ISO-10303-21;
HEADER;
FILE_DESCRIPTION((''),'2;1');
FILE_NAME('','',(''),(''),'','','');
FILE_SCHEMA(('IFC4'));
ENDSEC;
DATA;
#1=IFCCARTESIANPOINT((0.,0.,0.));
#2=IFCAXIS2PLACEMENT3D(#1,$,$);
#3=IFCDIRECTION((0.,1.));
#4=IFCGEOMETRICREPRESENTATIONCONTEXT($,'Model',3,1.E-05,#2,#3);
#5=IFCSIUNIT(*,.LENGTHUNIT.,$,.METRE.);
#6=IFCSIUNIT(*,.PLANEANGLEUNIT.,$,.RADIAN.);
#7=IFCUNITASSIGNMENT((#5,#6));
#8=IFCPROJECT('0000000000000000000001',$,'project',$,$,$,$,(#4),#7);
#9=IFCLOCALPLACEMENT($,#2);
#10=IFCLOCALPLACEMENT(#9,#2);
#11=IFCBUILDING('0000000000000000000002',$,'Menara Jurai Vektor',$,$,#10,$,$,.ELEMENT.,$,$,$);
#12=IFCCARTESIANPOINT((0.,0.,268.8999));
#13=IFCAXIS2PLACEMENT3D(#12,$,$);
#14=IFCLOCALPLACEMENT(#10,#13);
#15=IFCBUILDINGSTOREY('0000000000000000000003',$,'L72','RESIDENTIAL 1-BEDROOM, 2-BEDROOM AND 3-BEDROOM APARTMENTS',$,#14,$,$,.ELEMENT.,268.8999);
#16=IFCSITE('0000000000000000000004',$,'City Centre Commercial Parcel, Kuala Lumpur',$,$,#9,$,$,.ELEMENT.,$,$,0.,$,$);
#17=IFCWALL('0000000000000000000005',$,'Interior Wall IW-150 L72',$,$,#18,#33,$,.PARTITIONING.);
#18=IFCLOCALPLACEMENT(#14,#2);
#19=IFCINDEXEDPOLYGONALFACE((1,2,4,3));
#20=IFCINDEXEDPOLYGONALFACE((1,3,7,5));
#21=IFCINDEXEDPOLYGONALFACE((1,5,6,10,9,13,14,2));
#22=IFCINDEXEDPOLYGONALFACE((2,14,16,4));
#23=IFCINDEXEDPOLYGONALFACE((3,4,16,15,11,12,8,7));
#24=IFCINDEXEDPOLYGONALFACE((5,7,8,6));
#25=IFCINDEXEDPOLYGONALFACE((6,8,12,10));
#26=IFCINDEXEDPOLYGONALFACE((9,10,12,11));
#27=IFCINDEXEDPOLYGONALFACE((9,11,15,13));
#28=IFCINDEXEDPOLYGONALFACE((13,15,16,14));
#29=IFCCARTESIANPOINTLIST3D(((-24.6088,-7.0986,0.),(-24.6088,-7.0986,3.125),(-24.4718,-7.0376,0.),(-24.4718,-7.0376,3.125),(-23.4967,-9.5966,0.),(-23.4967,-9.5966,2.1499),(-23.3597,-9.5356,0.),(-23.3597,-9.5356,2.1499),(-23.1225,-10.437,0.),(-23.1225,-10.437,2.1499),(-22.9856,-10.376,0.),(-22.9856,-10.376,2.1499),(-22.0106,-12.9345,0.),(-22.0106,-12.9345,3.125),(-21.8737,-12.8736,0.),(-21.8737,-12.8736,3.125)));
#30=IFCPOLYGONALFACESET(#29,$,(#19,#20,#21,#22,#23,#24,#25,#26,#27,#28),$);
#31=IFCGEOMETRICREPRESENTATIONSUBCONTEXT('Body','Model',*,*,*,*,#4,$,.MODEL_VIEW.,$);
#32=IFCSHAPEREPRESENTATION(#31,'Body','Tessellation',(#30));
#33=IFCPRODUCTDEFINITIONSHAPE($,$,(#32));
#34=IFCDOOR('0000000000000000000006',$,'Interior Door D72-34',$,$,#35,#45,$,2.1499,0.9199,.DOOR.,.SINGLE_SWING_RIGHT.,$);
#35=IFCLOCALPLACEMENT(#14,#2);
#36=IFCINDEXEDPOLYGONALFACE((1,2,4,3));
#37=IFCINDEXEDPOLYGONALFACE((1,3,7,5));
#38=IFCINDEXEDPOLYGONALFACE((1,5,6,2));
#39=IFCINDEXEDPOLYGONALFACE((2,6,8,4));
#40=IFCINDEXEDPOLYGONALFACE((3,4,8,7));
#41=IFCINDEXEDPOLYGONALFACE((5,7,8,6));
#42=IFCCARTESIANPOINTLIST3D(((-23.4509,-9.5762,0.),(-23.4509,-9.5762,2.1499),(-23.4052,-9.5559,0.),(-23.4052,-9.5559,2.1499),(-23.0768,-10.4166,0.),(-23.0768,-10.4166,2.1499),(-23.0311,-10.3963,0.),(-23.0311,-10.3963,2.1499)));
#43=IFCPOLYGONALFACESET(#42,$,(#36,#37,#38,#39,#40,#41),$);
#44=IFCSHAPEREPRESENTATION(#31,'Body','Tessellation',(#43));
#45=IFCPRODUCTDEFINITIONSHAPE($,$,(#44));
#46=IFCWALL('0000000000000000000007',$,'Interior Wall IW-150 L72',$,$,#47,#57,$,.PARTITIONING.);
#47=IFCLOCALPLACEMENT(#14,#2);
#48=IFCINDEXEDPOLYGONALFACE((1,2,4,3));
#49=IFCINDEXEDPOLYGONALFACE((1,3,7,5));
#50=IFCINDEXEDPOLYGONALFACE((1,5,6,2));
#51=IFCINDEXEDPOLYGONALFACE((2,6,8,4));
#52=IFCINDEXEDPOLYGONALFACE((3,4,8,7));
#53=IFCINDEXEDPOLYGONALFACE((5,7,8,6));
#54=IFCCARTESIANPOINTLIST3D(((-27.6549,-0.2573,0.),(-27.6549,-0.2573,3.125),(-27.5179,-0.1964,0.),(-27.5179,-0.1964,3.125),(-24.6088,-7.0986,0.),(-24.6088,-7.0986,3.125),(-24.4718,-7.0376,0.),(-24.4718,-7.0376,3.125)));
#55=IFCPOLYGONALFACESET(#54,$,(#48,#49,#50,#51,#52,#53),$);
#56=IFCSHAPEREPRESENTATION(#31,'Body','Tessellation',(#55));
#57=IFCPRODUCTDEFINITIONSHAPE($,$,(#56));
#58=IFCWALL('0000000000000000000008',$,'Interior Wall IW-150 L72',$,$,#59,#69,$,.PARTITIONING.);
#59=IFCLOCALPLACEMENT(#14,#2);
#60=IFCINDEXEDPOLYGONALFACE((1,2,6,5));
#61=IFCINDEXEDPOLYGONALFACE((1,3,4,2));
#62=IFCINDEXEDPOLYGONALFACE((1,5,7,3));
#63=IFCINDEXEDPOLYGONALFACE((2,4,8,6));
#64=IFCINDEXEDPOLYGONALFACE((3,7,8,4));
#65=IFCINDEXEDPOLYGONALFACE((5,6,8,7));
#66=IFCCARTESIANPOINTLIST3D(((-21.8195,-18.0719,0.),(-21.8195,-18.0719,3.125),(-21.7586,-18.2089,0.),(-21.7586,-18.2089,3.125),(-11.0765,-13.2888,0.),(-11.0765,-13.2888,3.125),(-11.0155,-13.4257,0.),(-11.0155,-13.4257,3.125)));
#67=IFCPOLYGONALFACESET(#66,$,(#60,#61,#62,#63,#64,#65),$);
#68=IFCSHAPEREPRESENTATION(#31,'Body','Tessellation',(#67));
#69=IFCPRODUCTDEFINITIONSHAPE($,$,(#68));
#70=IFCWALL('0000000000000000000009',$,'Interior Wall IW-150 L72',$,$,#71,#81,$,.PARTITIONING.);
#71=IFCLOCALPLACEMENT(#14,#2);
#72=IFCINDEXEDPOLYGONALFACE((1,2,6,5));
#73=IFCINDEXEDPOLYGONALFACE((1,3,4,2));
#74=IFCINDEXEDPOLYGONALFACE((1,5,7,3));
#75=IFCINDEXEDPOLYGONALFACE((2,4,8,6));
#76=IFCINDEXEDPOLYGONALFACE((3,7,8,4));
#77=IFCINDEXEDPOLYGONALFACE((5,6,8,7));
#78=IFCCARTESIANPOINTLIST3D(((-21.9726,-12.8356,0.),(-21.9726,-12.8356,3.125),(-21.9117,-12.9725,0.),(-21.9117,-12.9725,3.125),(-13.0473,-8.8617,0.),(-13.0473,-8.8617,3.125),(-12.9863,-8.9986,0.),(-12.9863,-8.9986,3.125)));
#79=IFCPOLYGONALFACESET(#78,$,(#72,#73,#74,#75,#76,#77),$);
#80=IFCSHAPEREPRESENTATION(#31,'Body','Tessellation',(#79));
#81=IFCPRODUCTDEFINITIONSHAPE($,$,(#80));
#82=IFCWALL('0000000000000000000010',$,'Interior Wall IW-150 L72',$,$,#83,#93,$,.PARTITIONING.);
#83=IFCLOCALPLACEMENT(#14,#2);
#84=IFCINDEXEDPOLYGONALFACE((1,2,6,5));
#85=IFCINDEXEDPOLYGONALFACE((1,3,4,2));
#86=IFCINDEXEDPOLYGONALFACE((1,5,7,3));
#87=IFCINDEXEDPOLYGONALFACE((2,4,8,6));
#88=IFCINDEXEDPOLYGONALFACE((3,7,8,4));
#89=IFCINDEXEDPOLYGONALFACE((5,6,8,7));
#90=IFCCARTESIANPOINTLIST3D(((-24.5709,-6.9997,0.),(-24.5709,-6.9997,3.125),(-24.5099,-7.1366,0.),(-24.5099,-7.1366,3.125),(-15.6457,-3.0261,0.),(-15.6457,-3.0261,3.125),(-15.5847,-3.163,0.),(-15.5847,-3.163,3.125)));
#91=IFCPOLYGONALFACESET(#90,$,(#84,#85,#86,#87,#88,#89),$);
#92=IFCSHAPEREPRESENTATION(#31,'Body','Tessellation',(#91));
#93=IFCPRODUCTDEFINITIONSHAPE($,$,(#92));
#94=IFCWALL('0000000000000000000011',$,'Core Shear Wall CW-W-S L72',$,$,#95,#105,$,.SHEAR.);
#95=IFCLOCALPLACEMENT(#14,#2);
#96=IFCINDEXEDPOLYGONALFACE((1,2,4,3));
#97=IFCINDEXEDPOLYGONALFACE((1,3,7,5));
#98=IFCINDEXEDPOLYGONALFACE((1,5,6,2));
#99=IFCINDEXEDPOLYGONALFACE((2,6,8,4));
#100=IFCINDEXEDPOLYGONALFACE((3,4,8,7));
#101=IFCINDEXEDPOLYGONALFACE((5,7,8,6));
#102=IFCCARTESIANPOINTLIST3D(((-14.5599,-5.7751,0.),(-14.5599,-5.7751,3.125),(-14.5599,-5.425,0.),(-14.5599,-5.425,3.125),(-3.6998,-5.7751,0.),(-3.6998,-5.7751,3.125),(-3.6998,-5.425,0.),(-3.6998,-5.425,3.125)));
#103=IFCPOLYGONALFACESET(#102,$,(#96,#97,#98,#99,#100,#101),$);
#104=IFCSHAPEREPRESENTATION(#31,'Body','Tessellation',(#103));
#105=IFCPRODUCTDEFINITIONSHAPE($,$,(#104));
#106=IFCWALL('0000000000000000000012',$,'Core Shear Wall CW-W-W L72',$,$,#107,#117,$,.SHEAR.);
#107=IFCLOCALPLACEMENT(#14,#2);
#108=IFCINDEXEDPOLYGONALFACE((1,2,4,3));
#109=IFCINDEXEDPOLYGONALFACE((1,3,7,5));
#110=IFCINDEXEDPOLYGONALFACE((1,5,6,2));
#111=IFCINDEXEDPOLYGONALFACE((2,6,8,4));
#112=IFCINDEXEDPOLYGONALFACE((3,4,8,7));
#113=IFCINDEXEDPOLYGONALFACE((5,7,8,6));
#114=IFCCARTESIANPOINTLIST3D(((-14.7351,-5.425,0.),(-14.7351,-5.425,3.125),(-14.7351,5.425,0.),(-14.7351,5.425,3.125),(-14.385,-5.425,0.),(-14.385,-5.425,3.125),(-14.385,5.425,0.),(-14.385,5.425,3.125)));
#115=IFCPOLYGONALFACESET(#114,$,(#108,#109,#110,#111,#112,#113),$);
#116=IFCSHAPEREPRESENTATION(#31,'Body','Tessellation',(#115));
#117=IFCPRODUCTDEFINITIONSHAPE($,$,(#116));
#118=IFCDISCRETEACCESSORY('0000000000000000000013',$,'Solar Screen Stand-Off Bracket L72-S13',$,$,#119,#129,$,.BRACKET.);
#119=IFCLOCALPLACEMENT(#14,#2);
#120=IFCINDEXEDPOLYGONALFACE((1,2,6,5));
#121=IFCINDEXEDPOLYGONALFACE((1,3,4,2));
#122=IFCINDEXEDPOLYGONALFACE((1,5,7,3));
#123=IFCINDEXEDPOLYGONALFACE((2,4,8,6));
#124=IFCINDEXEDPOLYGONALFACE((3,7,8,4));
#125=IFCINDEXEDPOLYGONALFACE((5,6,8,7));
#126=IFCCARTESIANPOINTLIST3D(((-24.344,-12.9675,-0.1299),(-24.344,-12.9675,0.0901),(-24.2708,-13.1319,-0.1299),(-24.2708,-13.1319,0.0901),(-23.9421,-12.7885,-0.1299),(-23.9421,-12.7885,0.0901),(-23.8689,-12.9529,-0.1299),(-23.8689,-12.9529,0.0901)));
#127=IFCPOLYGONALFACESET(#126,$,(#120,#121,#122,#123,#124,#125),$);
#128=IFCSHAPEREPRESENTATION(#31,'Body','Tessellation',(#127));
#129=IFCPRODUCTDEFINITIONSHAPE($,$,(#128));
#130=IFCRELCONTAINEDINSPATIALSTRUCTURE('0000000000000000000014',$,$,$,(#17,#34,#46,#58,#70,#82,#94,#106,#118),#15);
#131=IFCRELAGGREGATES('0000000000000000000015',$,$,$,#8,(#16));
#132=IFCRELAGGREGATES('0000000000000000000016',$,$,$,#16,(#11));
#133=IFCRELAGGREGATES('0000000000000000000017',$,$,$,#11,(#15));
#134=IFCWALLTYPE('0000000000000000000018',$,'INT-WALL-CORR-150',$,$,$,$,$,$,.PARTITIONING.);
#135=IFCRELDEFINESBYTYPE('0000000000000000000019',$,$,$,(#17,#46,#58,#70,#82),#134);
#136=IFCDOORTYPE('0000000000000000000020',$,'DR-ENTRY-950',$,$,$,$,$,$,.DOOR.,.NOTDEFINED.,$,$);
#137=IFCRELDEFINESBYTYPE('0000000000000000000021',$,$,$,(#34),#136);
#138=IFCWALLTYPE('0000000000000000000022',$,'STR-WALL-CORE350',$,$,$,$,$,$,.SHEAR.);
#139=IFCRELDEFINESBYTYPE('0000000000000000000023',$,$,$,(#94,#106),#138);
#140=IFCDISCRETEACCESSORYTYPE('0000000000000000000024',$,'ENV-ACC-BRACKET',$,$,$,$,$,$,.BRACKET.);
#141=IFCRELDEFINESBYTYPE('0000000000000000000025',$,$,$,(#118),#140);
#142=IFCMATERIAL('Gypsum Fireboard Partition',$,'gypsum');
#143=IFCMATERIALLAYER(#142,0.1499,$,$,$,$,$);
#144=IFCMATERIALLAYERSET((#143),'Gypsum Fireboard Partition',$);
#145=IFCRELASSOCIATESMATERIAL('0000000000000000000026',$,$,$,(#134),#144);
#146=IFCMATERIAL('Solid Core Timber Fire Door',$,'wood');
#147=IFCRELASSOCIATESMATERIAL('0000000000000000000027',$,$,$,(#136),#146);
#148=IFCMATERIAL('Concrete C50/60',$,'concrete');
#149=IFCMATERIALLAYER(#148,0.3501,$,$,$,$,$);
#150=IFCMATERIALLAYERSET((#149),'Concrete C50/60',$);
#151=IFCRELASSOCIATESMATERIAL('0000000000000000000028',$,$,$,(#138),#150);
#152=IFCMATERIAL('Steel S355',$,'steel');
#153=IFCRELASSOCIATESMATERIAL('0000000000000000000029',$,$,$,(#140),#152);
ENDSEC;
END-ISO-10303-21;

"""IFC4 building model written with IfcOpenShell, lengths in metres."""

from ifc_helpers import new_model, si_unit, direction, frame, frame_2d, origin, origin_2d, place, context, subcontext, project, spatial, rectangle, extrude, material, layer, layer_set, type_object, element, fill, save


model = new_model("IFC4")

# Units and contexts
model_context = context("Model", 3, precision=1e-05, world=origin(), true_north=direction((0.0, 1.0)))
body_context = subcontext(model_context, "Body", "Model", "MODEL_VIEW")
ifc_project = project(units=[si_unit("LENGTHUNIT", "METRE"), si_unit("PLANEANGLEUNIT", "RADIAN")], contexts=[model_context])

# Site, building, storey
site_placement = place(None, origin())
site = spatial("IfcSite", under=ifc_project, at=site_placement, Name="City Centre Commercial Parcel, Kuala Lumpur", CompositionType="ELEMENT", RefElevation=0.0)
building_placement = place(site_placement, origin())
building = spatial("IfcBuilding", under=site, at=building_placement, Name="Menara Jurai Vektor", CompositionType="ELEMENT")
storey_placement = place(building_placement, frame((0.0, 0.0, 268.8999)))
storey = spatial("IfcBuildingStorey", under=building, at=storey_placement, Name="L72", Description="RESIDENTIAL 1-BEDROOM, 2-BEDROOM AND 3-BEDROOM APARTMENTS", CompositionType="ELEMENT", Elevation=268.8999)

# Shared definitions
ifc_material_1 = material(Name="Concrete C50/60", Category="concrete")

# Shared definitions
ifc_material_2 = material(Name="Steel S355", Category="steel")

# Shared definitions
ifc_material_3 = material(Name="Gypsum Fireboard Partition", Category="gypsum")
ifc_layer_1 = layer(ifc_material_3, 0.1499)
ifc_layer_set_1 = layer_set([ifc_layer_1], Name="Gypsum Fireboard Partition")
wall_type_1 = type_object("IfcWallType", Name="INT-WALL-CORR-150", PredefinedType="PARTITIONING", material=ifc_layer_set_1)

# Wall, opening, door
ifc_material_4 = material(Name="Solid Core Timber Fire Door", Category="wood")
door_type = type_object("IfcDoorType", Name="DR-ENTRY-950", OperationType="NOTDEFINED", PredefinedType="DOOR", material=ifc_material_4)
wall_1_placement = place(storey_placement, frame((-21.9421, -12.9041, 0.0), z_axis=(0.0, 0.0, 1.0), x_axis=(-0.406713, 0.913556, 0.0)))
wall_1 = element("IfcWall", 1, at=wall_1_placement, inside=storey, type_object=wall_type_1, Name="Interior Wall IW-150 L72", PredefinedType="PARTITIONING", context=body_context, shape_type="SweptSolid", body=[
    extrude(rectangle(XDim=6.3882, YDim=0.1499, at=frame_2d((3.1941, 0.0))), origin(), (0.0, 0.0, 1.0), 3.125),
])
opening_1_placement = place(wall_1_placement, frame((2.7339, 0.0, 0.0)))
opening_1 = element("IfcOpeningElement", 2, at=opening_1_placement, cuts=wall_1, PredefinedType="OPENING", context=body_context, shape_type="SweptSolid", body=[
    extrude(rectangle(XDim=0.9199, YDim=2.1499, at=frame_2d((0.46, 1.075))), frame((0.0, 0.085, 0.0), z_axis=(0.0, -1.0, 0.0), x_axis=(1.0, 0.0, 0.0)), (0.0, 0.0, 1.0), 0.1699),
])
door_1_placement = place(opening_1_placement, origin())
door_1 = element("IfcDoor", 3, at=door_1_placement, inside=storey, type_object=door_type, Name="Interior Door D72-34", OperationType="SINGLE_SWING_RIGHT", OverallHeight=2.1499, OverallWidth=0.9199, PredefinedType="DOOR", context=body_context, shape_type="SweptSolid", body=[
    extrude(rectangle(XDim=0.9199, YDim=2.1499, at=frame_2d((0.46, 1.075))), frame((0.0, 0.0249, 0.0), z_axis=(0.0, -1.0, 0.0), x_axis=(1.0, 0.0, 0.0)), (0.0, 0.0, 1.0), 0.05),
])
fill(opening_1, door_1)

# Walls
wall_2_placement = place(storey_placement, frame((-24.5403, -7.0681, 0.0), z_axis=(0.0, 0.0, 1.0), x_axis=(-0.406758, 0.913536, 0.0)))
element("IfcWall", 4, at=wall_2_placement, inside=storey, type_object=wall_type_1, Name="Interior Wall IW-150 L72", PredefinedType="PARTITIONING", context=body_context, shape_type="SweptSolid", body=[
    extrude(rectangle(XDim=7.4888, YDim=0.1499, at=frame_2d((3.7444, 0.0))), origin(), (0.0, 0.0, 1.0), 3.125),
])
wall_3_placement = place(storey_placement, frame((-21.7891, -18.1404, 0.0), z_axis=(0.0, 0.0, 1.0), x_axis=(0.913544, 0.406739, 0.0)))
element("IfcWall", 5, at=wall_3_placement, inside=storey, type_object=wall_type_1, Name="Interior Wall IW-150 L72", PredefinedType="PARTITIONING", context=body_context, shape_type="SweptSolid", body=[
    extrude(rectangle(XDim=11.7598, YDim=0.1499, at=frame_2d((5.8799, 0.0))), origin(), (0.0, 0.0, 1.0), 3.125),
])
wall_4_placement = place(storey_placement, frame((-21.9421, -12.9041, 0.0), z_axis=(0.0, 0.0, 1.0), x_axis=(0.913542, 0.406744, 0.0)))
element("IfcWall", 6, at=wall_4_placement, inside=storey, type_object=wall_type_1, Name="Interior Wall IW-150 L72", PredefinedType="PARTITIONING", context=body_context, shape_type="SweptSolid", body=[
    extrude(rectangle(XDim=9.77, YDim=0.1499, at=frame_2d((4.885, 0.0))), origin(), (0.0, 0.0, 1.0), 3.125),
])
wall_5_placement = place(storey_placement, frame((-24.5403, -7.0681, 0.0), z_axis=(0.0, 0.0, 1.0), x_axis=(0.913552, 0.406723, 0.0)))
element("IfcWall", 7, at=wall_5_placement, inside=storey, type_object=wall_type_1, Name="Interior Wall IW-150 L72", PredefinedType="PARTITIONING", context=body_context, shape_type="SweptSolid", body=[
    extrude(rectangle(XDim=9.7698, YDim=0.1499, at=frame_2d((4.8848, 0.0))), origin(), (0.0, 0.0, 1.0), 3.125),
])
ifc_layer_2 = layer(ifc_material_1, 0.3501)
ifc_layer_set_2 = layer_set([ifc_layer_2], Name="Concrete C50/60")
wall_type_2 = type_object("IfcWallType", Name="STR-WALL-CORE350", PredefinedType="SHEAR", material=ifc_layer_set_2)
wall_6_placement = place(storey_placement, frame((-14.5601, -5.6001, 0.0), z_axis=(0.0, 0.0, 1.0), x_axis=(1.0, 0.0, 0.0)))
element("IfcWall", 8, at=wall_6_placement, inside=storey, type_object=wall_type_2, Name="Core Shear Wall CW-W-S L72", PredefinedType="SHEAR", context=body_context, shape_type="SweptSolid", body=[
    extrude(rectangle(XDim=10.8601, YDim=0.3501, at=frame_2d((5.4302, 0.0))), origin(), (0.0, 0.0, 1.0), 3.125),
])
wall_7_placement = place(storey_placement, frame((-14.5601, -5.425, 0.0), z_axis=(0.0, 0.0, 1.0), x_axis=(0.0, 1.0, 0.0)))
element("IfcWall", 9, at=wall_7_placement, inside=storey, type_object=wall_type_2, Name="Core Shear Wall CW-W-W L72", PredefinedType="SHEAR", context=body_context, shape_type="SweptSolid", body=[
    extrude(rectangle(XDim=10.8501, YDim=0.3501, at=frame_2d((5.425, 0.0))), origin(), (0.0, 0.0, 1.0), 3.125),
])

# Discrete accessory
discrete_accessory_type = type_object("IfcDiscreteAccessoryType", Name="ENV-ACC-BRACKET", PredefinedType="BRACKET", material=ifc_material_2)
discrete_accessory_placement = place(storey_placement, frame((-24.1064, -12.9602, -0.1299), z_axis=(0.0, 0.0, 1.0), x_axis=(0.406737, -0.913545, 0.0)))
element("IfcDiscreteAccessory", 10, at=discrete_accessory_placement, inside=storey, type_object=discrete_accessory_type, Name="Solar Screen Stand-Off Bracket L72-S13", PredefinedType="BRACKET", context=body_context, shape_type="SweptSolid", body=[
    extrude(rectangle(XDim=0.1799, YDim=0.4399, at=origin_2d()), origin(), (0.0, 0.0, 1.0), 0.22),
])

save(model, "model.ifc")
